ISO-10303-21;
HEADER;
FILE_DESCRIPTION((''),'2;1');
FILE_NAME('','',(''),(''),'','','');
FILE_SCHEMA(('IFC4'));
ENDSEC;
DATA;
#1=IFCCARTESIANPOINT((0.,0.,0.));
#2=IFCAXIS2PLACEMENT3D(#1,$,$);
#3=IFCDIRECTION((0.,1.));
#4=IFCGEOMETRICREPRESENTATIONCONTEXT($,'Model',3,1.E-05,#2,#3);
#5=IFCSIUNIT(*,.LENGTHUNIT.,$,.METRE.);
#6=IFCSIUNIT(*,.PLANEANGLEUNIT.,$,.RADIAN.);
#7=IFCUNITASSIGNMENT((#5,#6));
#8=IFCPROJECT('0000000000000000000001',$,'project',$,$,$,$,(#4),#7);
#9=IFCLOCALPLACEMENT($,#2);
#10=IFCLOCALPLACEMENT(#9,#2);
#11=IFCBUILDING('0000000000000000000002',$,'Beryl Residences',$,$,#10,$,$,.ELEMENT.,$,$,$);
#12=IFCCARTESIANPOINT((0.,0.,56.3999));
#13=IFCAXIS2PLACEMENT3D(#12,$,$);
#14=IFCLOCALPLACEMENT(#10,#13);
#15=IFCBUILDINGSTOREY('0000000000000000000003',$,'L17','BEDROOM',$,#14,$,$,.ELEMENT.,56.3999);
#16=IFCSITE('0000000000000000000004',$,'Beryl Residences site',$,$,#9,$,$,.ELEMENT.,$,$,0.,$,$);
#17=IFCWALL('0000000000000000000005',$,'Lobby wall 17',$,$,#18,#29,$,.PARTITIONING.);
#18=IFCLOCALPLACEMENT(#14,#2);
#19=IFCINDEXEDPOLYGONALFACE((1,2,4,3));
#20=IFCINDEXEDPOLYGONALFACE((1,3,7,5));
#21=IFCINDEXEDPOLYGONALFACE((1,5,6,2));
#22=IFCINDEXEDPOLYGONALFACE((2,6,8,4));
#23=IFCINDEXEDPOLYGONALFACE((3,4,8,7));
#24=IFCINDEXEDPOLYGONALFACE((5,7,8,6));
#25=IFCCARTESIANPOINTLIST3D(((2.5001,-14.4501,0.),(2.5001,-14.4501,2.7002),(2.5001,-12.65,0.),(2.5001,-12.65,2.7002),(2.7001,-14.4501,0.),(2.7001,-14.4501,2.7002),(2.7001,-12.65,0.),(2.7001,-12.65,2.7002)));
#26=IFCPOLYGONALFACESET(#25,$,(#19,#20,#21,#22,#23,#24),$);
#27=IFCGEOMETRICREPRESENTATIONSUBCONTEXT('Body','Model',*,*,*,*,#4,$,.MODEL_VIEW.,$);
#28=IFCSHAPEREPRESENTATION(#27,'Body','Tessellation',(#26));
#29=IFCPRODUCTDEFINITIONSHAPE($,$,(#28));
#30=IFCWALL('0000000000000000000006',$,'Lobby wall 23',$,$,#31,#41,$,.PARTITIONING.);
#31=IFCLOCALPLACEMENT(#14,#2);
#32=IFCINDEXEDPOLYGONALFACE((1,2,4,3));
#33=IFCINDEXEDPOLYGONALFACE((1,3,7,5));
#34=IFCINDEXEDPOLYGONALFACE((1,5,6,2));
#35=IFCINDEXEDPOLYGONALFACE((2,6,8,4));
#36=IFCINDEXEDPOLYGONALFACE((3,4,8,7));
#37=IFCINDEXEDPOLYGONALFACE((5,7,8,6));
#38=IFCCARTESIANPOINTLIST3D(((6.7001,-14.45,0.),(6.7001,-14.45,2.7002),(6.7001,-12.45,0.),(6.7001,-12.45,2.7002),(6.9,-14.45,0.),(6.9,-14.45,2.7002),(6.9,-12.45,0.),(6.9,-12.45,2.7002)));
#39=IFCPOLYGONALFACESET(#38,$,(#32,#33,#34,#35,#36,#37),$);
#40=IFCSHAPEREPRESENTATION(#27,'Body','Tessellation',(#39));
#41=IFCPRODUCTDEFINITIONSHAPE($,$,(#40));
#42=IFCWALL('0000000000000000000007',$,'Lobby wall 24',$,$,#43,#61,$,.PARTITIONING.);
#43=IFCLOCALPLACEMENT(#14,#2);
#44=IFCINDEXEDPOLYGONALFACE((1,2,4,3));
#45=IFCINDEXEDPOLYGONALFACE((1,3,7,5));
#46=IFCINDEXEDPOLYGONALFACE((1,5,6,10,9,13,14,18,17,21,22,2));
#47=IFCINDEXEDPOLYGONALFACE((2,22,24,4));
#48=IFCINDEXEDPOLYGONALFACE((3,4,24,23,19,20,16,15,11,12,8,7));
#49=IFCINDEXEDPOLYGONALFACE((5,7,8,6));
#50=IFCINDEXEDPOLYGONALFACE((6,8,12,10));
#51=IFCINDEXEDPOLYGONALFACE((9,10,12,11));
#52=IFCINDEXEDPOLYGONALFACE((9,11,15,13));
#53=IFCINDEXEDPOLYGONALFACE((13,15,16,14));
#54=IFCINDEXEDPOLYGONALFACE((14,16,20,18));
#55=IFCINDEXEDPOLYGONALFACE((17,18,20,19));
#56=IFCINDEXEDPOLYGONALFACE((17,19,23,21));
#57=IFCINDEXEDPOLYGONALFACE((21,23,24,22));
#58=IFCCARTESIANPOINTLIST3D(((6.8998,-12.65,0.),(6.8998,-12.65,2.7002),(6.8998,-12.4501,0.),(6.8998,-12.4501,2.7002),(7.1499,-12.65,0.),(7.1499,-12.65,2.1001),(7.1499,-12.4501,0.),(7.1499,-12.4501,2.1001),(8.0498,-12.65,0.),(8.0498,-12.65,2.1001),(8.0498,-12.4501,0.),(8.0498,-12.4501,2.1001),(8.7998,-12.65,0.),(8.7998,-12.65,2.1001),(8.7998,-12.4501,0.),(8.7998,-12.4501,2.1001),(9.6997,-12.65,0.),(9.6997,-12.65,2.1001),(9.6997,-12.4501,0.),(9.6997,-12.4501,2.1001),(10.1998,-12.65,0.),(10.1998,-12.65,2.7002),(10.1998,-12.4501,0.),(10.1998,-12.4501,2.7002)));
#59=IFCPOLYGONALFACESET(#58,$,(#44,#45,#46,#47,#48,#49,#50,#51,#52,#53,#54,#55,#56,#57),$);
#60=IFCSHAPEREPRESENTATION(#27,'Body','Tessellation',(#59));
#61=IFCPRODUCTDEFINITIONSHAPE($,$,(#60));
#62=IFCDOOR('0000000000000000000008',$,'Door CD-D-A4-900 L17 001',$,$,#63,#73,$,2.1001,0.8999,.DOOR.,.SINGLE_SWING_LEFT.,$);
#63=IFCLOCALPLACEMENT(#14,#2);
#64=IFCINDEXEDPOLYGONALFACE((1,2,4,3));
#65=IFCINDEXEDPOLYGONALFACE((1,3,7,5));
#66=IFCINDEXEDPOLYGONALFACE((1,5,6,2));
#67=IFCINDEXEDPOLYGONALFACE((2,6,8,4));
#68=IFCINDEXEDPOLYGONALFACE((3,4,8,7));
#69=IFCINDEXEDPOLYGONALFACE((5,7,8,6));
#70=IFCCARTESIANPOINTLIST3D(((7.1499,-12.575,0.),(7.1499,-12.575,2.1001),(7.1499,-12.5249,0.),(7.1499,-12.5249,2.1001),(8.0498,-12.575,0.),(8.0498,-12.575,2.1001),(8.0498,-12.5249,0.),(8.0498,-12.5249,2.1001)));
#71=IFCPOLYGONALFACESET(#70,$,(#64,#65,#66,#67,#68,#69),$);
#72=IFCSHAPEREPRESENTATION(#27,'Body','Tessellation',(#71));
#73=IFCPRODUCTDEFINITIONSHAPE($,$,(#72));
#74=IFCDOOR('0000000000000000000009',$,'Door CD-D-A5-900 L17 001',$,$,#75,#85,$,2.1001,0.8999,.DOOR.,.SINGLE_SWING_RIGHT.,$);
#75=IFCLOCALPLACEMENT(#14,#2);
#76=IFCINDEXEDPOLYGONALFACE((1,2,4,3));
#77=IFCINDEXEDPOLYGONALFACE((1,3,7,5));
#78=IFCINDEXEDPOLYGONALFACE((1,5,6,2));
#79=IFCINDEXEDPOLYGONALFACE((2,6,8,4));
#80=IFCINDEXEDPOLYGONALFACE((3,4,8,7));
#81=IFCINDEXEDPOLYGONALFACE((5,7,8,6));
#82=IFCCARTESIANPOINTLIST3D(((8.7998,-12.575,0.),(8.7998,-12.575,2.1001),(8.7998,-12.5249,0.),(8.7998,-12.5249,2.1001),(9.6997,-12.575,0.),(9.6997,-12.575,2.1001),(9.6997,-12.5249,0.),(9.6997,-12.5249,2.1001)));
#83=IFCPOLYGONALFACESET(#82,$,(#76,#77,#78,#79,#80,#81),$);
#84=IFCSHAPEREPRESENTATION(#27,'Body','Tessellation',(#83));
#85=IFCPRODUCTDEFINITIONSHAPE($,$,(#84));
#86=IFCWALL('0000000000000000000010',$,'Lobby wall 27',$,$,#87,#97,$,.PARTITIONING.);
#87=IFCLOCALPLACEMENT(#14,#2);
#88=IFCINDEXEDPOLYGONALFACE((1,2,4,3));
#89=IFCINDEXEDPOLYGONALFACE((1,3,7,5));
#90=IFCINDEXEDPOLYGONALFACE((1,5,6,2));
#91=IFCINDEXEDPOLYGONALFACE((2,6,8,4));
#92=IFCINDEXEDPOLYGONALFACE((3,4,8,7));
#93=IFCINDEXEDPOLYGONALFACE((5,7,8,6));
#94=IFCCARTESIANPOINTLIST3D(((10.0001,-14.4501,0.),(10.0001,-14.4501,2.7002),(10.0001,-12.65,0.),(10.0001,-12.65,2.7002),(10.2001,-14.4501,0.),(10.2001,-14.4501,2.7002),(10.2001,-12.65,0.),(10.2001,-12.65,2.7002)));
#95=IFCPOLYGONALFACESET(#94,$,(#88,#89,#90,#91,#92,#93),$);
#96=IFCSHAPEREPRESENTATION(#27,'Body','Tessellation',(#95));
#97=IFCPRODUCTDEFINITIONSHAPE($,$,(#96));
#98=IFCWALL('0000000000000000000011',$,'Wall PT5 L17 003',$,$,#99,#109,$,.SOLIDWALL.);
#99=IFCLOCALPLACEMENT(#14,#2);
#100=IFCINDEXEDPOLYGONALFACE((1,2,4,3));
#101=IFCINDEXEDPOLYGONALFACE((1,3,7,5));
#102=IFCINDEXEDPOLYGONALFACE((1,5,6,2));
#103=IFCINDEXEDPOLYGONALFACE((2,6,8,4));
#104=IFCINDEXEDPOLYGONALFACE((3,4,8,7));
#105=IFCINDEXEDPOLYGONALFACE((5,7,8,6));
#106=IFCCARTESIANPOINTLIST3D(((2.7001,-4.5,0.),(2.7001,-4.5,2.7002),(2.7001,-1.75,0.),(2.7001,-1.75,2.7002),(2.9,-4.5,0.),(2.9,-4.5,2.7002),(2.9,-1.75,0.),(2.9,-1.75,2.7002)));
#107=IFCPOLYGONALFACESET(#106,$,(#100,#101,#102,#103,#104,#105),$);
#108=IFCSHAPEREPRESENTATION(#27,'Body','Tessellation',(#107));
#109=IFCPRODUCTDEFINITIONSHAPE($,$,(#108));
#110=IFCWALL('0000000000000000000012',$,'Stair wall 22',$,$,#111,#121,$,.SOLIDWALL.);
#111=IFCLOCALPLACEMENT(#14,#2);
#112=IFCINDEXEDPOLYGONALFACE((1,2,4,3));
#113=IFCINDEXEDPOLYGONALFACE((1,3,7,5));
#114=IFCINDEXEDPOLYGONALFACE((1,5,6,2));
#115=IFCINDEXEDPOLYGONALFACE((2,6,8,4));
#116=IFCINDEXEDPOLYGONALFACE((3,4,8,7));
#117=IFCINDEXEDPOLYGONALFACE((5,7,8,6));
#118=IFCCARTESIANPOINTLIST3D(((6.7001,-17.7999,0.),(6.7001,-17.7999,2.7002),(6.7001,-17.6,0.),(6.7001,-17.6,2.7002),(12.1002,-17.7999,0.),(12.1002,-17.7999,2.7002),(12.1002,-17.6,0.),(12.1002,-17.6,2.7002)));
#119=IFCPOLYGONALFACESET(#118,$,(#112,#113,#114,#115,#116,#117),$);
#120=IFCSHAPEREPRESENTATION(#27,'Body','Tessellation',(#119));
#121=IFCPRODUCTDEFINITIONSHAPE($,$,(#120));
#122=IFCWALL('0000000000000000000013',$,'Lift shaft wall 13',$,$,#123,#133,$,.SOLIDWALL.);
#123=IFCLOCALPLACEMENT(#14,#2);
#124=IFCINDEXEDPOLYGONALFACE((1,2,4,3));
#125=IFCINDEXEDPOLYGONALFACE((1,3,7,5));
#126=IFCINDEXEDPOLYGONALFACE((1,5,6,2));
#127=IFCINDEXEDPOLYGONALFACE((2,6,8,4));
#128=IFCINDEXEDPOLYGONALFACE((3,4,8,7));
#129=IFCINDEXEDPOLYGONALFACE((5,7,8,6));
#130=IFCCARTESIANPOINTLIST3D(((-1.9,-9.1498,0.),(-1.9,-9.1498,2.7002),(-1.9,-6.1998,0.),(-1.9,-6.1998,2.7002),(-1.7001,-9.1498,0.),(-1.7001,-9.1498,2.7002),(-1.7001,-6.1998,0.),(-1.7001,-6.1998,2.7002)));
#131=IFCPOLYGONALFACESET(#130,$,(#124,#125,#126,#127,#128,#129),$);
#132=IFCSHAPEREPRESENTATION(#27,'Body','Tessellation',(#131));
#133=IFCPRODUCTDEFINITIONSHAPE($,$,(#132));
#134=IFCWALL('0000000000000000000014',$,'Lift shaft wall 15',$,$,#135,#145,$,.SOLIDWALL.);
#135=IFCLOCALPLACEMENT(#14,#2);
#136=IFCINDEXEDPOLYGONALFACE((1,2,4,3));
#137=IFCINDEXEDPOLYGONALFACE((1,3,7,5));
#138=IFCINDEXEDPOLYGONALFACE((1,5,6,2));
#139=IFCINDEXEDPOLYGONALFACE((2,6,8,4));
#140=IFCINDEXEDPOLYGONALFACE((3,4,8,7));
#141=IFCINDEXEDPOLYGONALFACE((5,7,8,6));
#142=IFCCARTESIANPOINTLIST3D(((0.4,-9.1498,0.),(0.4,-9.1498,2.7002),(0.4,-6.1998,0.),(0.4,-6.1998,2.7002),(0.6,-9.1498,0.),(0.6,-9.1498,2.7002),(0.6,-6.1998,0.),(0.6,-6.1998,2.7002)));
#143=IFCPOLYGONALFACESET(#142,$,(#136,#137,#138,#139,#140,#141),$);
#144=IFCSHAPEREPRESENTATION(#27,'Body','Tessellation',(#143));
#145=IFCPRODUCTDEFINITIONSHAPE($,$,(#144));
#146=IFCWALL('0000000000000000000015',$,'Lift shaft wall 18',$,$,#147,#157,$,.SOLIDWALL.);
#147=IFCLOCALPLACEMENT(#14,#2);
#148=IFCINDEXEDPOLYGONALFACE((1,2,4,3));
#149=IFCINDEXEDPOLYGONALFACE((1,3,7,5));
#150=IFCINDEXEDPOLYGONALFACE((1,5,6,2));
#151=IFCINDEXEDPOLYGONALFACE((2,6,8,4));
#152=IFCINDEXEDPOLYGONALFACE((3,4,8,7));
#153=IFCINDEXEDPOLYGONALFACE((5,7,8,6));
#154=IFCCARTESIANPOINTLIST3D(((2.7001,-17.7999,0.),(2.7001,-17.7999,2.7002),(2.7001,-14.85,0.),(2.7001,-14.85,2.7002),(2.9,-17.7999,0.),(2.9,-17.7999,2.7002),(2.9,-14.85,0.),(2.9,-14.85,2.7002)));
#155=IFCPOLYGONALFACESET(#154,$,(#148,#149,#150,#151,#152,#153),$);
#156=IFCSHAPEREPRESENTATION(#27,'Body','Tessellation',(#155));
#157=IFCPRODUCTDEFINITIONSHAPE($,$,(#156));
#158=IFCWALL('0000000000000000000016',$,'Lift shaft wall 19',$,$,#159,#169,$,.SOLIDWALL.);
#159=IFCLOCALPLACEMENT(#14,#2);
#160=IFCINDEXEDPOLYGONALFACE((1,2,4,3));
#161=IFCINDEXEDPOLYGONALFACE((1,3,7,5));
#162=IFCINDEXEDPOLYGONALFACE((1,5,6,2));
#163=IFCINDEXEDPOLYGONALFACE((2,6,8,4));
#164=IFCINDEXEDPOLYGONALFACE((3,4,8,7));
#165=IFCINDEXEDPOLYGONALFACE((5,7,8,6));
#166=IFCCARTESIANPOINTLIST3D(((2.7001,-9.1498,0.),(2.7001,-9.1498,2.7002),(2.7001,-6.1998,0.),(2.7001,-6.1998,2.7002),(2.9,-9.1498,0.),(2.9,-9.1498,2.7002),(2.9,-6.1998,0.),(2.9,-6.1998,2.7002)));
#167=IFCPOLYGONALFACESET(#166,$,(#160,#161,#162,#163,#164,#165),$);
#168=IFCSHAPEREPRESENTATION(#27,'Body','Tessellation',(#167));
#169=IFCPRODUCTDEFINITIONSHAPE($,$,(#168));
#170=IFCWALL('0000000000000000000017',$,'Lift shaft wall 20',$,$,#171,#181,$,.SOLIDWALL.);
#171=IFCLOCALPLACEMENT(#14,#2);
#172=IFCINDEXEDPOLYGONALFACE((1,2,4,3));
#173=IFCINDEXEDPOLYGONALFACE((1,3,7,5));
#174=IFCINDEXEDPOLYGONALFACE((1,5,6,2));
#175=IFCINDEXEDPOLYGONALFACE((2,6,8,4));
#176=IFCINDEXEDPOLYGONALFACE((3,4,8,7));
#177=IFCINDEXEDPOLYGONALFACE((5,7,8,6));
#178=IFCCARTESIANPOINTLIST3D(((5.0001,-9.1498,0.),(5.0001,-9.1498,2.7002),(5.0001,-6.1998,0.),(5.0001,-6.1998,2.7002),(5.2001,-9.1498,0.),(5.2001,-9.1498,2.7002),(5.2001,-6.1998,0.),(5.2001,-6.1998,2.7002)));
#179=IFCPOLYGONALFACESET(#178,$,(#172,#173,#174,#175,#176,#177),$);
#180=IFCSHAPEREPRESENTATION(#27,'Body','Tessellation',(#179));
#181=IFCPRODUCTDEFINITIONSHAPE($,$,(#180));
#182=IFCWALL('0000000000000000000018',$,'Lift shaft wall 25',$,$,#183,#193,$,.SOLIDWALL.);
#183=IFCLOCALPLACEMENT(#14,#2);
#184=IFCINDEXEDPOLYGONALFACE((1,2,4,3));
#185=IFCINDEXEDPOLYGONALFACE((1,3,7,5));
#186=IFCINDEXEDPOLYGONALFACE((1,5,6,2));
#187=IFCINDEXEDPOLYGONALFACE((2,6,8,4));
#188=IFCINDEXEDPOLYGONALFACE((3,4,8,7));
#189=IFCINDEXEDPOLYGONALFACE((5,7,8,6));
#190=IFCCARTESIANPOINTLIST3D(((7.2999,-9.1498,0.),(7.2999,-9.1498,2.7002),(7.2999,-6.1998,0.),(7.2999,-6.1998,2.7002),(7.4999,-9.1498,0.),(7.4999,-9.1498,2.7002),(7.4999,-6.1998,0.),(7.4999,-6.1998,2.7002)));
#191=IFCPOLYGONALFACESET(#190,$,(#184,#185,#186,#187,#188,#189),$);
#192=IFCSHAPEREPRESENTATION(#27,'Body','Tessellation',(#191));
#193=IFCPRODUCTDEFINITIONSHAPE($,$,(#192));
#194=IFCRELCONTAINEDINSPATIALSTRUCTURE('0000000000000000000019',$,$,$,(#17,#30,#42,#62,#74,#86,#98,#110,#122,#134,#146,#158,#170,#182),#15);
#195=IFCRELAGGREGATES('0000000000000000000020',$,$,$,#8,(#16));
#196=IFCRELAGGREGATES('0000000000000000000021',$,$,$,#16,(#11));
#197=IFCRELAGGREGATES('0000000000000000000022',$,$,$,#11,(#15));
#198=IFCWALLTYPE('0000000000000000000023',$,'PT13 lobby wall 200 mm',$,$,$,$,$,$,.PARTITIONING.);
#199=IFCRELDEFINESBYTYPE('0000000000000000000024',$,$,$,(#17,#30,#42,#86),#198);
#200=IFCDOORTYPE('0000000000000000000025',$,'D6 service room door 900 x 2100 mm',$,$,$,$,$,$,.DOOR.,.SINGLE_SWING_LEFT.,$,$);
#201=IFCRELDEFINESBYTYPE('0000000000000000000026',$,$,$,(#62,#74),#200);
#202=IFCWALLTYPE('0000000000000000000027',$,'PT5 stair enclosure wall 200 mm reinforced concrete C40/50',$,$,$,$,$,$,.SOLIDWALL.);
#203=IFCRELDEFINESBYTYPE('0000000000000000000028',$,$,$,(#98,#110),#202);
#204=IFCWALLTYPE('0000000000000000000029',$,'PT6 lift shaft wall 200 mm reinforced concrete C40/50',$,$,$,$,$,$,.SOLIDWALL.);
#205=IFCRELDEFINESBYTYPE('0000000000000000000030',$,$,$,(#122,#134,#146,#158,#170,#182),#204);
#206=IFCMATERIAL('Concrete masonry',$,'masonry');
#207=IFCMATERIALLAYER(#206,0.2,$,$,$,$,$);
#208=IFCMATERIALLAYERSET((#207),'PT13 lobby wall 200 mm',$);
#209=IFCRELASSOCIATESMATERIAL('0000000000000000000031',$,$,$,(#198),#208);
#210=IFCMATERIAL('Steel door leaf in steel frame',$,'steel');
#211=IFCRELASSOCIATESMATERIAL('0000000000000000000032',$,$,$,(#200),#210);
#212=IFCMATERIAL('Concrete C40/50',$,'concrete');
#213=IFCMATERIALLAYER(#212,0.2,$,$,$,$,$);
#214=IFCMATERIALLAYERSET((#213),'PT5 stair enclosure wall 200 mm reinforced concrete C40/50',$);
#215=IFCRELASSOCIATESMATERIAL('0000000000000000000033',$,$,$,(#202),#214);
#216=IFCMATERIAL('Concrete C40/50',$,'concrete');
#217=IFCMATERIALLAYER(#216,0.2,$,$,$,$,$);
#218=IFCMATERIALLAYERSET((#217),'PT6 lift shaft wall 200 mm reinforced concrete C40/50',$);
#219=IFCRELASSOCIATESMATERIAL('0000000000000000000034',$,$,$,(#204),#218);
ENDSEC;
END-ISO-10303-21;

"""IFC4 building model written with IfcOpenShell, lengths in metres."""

from ifc_helpers import new_model, si_unit, direction, frame, frame_2d, origin, place, context, subcontext, project, spatial, rectangle, extrude, material, layer, layer_set, type_object, element, fill, save


model = new_model("IFC4")

# Units and contexts
model_context = context("Model", 3, precision=1e-05, world=origin(), true_north=direction((0.0, 1.0)))
body_context = subcontext(model_context, "Body", "Model", "MODEL_VIEW")
ifc_project = project(units=[si_unit("LENGTHUNIT", "METRE"), si_unit("PLANEANGLEUNIT", "RADIAN")], contexts=[model_context])

# Site, building, storey
site_placement = place(None, origin())
site = spatial("IfcSite", under=ifc_project, at=site_placement, Name="Beryl Residences site", CompositionType="ELEMENT", RefElevation=0.0)
building_placement = place(site_placement, origin())
building = spatial("IfcBuilding", under=site, at=building_placement, Name="Beryl Residences", CompositionType="ELEMENT")
storey_placement = place(building_placement, frame((0.0, 0.0, 56.3999)))
storey = spatial("IfcBuildingStorey", under=building, at=storey_placement, Name="L17", Description="BEDROOM", CompositionType="ELEMENT", Elevation=56.3999)

# Walls
ifc_material_1 = material(Name="Concrete masonry", Category="masonry")
ifc_layer_1 = layer(ifc_material_1, 0.2)
ifc_layer_set_1 = layer_set([ifc_layer_1], Name="PT13 lobby wall 200 mm")
wall_type_1 = type_object("IfcWallType", Name="PT13 lobby wall 200 mm", PredefinedType="PARTITIONING", material=ifc_layer_set_1)
wall_1_placement = place(storey_placement, frame((2.6001, -14.45, 0.0), z_axis=(0.0, 0.0, 1.0), x_axis=(0.0, 1.0, 0.0)))
element("IfcWall", 1, at=wall_1_placement, inside=storey, type_object=wall_type_1, Name="Lobby wall 17", PredefinedType="PARTITIONING", context=body_context, shape_type="SweptSolid", body=[
    extrude(rectangle(XDim=1.8, YDim=0.2, at=frame_2d((0.8999, 0.0))), origin(), (0.0, 0.0, 1.0), 2.7002),
])
wall_2_placement = place(storey_placement, frame((6.8, -14.45, 0.0), z_axis=(0.0, 0.0, 1.0), x_axis=(0.0, 1.0, 0.0)))
element("IfcWall", 2, at=wall_2_placement, inside=storey, type_object=wall_type_1, Name="Lobby wall 23", PredefinedType="PARTITIONING", context=body_context, shape_type="SweptSolid", body=[
    extrude(rectangle(XDim=2.0, YDim=0.2, at=frame_2d((1.0, 0.0))), origin(), (0.0, 0.0, 1.0), 2.7002),
])

# Wall, openings, doors
wall_3_placement = place(storey_placement, frame((6.8999, -12.55, 0.0), z_axis=(0.0, 0.0, 1.0), x_axis=(1.0, 0.0, 0.0)))
wall_3 = element("IfcWall", 3, at=wall_3_placement, inside=storey, type_object=wall_type_1, Name="Lobby wall 24", PredefinedType="PARTITIONING", context=body_context, shape_type="SweptSolid", body=[
    extrude(rectangle(XDim=3.3, YDim=0.2, at=frame_2d((1.6499, 0.0))), origin(), (0.0, 0.0, 1.0), 2.7002),
])
opening_1_placement = place(wall_3_placement, frame((1.1499, 0.0, 0.0), z_axis=(0.0, 0.0, 1.0), x_axis=(-1.0, 0.0, 0.0)))
opening_1 = element("IfcOpeningElement", 4, at=opening_1_placement, cuts=wall_3, PredefinedType="OPENING", context=body_context, shape_type="SweptSolid", body=[
    extrude(rectangle(XDim=0.8999, YDim=2.1001, at=frame_2d((0.45, 1.05))), frame((0.0, 0.1099, 0.0), z_axis=(0.0, -1.0, 0.0), x_axis=(1.0, 0.0, 0.0)), (0.0, 0.0, 1.0), 0.22),
])
opening_2_placement = place(wall_3_placement, frame((2.7998, 0.0, 0.0), z_axis=(0.0, 0.0, 1.0), x_axis=(-1.0, 0.0, 0.0)))
opening_2 = element("IfcOpeningElement", 5, at=opening_2_placement, cuts=wall_3, PredefinedType="OPENING", context=body_context, shape_type="SweptSolid", body=[
    extrude(rectangle(XDim=0.8999, YDim=2.1001, at=frame_2d((0.45, 1.05))), frame((0.0, 0.1099, 0.0), z_axis=(0.0, -1.0, 0.0), x_axis=(1.0, 0.0, 0.0)), (0.0, 0.0, 1.0), 0.22),
])
ifc_material_2 = material(Name="Steel door leaf in steel frame", Category="steel")
door_type = type_object("IfcDoorType", Name="D6 service room door 900 x 2100 mm", OperationType="SINGLE_SWING_LEFT", PredefinedType="DOOR", material=ifc_material_2)
door_1_placement = place(opening_1_placement, origin())
door_1 = element("IfcDoor", 6, at=door_1_placement, inside=storey, type_object=door_type, Name="Door CD-D-A4-900 L17 001", OperationType="SINGLE_SWING_LEFT", OverallHeight=2.1001, OverallWidth=0.8999, PredefinedType="DOOR", context=body_context, shape_type="SweptSolid", body=[
    extrude(rectangle(XDim=0.8999, YDim=2.1001, at=frame_2d((0.45, 1.05))), frame((0.0, 0.0249, 0.0), z_axis=(0.0, -1.0, 0.0), x_axis=(1.0, 0.0, 0.0)), (0.0, 0.0, 1.0), 0.05),
])
fill(opening_1, door_1)
door_2_placement = place(opening_2_placement, origin())
door_2 = element("IfcDoor", 7, at=door_2_placement, inside=storey, type_object=door_type, Name="Door CD-D-A5-900 L17 001", OperationType="SINGLE_SWING_RIGHT", OverallHeight=2.1001, OverallWidth=0.8999, PredefinedType="DOOR", context=body_context, shape_type="SweptSolid", body=[
    extrude(rectangle(XDim=0.8999, YDim=2.1001, at=frame_2d((0.45, 1.05))), frame((0.0, 0.0249, 0.0), z_axis=(0.0, -1.0, 0.0), x_axis=(1.0, 0.0, 0.0)), (0.0, 0.0, 1.0), 0.05),
])
fill(opening_2, door_2)

# Walls
wall_4_placement = place(storey_placement, frame((10.1001, -14.45, 0.0), z_axis=(0.0, 0.0, 1.0), x_axis=(0.0, 1.0, 0.0)))
element("IfcWall", 8, at=wall_4_placement, inside=storey, type_object=wall_type_1, Name="Lobby wall 27", PredefinedType="PARTITIONING", context=body_context, shape_type="SweptSolid", body=[
    extrude(rectangle(XDim=1.8, YDim=0.2, at=frame_2d((0.8999, 0.0))), origin(), (0.0, 0.0, 1.0), 2.7002),
])
ifc_material_3 = material(Name="Concrete C40/50", Category="concrete")
ifc_layer_2 = layer(ifc_material_3, 0.2)
ifc_layer_set_2 = layer_set([ifc_layer_2], Name="PT5 stair enclosure wall 200 mm reinforced concrete C40/50")
wall_type_2 = type_object("IfcWallType", Name="PT5 stair enclosure wall 200 mm reinforced concrete C40/50", PredefinedType="SOLIDWALL", material=ifc_layer_set_2)
wall_5_placement = place(storey_placement, frame((2.8, -4.5, 0.0), z_axis=(0.0, 0.0, 1.0), x_axis=(0.0, 1.0, 0.0)))
element("IfcWall", 9, at=wall_5_placement, inside=storey, type_object=wall_type_2, Name="Wall PT5 L17 003", PredefinedType="SOLIDWALL", context=body_context, shape_type="SweptSolid", body=[
    extrude(rectangle(XDim=2.75, YDim=0.2, at=frame_2d((1.375, 0.0))), origin(), (0.0, 0.0, 1.0), 2.7002),
])
wall_6_placement = place(storey_placement, frame((6.7, -17.7, 0.0), z_axis=(0.0, 0.0, 1.0), x_axis=(1.0, 0.0, 0.0)))
element("IfcWall", 10, at=wall_6_placement, inside=storey, type_object=wall_type_2, Name="Stair wall 22", PredefinedType="SOLIDWALL", context=body_context, shape_type="SweptSolid", body=[
    extrude(rectangle(XDim=5.4001, YDim=0.2, at=frame_2d((2.7002, 0.0))), origin(), (0.0, 0.0, 1.0), 2.7002),
])
ifc_material_4 = material(Name="Concrete C40/50", Category="concrete")
ifc_layer_3 = layer(ifc_material_4, 0.2)
ifc_layer_set_3 = layer_set([ifc_layer_3], Name="PT6 lift shaft wall 200 mm reinforced concrete C40/50")
wall_type_3 = type_object("IfcWallType", Name="PT6 lift shaft wall 200 mm reinforced concrete C40/50", PredefinedType="SOLIDWALL", material=ifc_layer_set_3)
for number, where, z_axis, x_axis, name in (
    (11, (-1.8, -9.1499, 0.0), (0.0, 0.0, 1.0), (0.0, 1.0, 0.0), "Lift shaft wall 13"),
    (12, (0.5, -9.1499, 0.0), (0.0, 0.0, 1.0), (0.0, 1.0, 0.0), "Lift shaft wall 15"),
    (13, (2.8, -17.8, 0.0), (0.0, 0.0, 1.0), (0.0, 1.0, 0.0), "Lift shaft wall 18"),
    (14, (2.8, -9.1499, 0.0), (0.0, 0.0, 1.0), (0.0, 1.0, 0.0), "Lift shaft wall 19"),
    (15, (5.1001, -9.1499, 0.0), (0.0, 0.0, 1.0), (0.0, 1.0, 0.0), "Lift shaft wall 20"),
    (16, (7.3999, -9.1499, 0.0), (0.0, 0.0, 1.0), (0.0, 1.0, 0.0), "Lift shaft wall 25"),
):
    element("IfcWall", number, at=place(storey_placement, frame(where, z_axis=z_axis, x_axis=x_axis)), inside=storey, type_object=wall_type_3, Name=name, PredefinedType="SOLIDWALL", context=body_context, shape_type="SweptSolid", body=[
        extrude(rectangle(XDim=2.95, YDim=0.2, at=frame_2d((1.4751, 0.0))), origin(), (0.0, 0.0, 1.0), 2.7002),
    ])

save(model, "model.ifc")
